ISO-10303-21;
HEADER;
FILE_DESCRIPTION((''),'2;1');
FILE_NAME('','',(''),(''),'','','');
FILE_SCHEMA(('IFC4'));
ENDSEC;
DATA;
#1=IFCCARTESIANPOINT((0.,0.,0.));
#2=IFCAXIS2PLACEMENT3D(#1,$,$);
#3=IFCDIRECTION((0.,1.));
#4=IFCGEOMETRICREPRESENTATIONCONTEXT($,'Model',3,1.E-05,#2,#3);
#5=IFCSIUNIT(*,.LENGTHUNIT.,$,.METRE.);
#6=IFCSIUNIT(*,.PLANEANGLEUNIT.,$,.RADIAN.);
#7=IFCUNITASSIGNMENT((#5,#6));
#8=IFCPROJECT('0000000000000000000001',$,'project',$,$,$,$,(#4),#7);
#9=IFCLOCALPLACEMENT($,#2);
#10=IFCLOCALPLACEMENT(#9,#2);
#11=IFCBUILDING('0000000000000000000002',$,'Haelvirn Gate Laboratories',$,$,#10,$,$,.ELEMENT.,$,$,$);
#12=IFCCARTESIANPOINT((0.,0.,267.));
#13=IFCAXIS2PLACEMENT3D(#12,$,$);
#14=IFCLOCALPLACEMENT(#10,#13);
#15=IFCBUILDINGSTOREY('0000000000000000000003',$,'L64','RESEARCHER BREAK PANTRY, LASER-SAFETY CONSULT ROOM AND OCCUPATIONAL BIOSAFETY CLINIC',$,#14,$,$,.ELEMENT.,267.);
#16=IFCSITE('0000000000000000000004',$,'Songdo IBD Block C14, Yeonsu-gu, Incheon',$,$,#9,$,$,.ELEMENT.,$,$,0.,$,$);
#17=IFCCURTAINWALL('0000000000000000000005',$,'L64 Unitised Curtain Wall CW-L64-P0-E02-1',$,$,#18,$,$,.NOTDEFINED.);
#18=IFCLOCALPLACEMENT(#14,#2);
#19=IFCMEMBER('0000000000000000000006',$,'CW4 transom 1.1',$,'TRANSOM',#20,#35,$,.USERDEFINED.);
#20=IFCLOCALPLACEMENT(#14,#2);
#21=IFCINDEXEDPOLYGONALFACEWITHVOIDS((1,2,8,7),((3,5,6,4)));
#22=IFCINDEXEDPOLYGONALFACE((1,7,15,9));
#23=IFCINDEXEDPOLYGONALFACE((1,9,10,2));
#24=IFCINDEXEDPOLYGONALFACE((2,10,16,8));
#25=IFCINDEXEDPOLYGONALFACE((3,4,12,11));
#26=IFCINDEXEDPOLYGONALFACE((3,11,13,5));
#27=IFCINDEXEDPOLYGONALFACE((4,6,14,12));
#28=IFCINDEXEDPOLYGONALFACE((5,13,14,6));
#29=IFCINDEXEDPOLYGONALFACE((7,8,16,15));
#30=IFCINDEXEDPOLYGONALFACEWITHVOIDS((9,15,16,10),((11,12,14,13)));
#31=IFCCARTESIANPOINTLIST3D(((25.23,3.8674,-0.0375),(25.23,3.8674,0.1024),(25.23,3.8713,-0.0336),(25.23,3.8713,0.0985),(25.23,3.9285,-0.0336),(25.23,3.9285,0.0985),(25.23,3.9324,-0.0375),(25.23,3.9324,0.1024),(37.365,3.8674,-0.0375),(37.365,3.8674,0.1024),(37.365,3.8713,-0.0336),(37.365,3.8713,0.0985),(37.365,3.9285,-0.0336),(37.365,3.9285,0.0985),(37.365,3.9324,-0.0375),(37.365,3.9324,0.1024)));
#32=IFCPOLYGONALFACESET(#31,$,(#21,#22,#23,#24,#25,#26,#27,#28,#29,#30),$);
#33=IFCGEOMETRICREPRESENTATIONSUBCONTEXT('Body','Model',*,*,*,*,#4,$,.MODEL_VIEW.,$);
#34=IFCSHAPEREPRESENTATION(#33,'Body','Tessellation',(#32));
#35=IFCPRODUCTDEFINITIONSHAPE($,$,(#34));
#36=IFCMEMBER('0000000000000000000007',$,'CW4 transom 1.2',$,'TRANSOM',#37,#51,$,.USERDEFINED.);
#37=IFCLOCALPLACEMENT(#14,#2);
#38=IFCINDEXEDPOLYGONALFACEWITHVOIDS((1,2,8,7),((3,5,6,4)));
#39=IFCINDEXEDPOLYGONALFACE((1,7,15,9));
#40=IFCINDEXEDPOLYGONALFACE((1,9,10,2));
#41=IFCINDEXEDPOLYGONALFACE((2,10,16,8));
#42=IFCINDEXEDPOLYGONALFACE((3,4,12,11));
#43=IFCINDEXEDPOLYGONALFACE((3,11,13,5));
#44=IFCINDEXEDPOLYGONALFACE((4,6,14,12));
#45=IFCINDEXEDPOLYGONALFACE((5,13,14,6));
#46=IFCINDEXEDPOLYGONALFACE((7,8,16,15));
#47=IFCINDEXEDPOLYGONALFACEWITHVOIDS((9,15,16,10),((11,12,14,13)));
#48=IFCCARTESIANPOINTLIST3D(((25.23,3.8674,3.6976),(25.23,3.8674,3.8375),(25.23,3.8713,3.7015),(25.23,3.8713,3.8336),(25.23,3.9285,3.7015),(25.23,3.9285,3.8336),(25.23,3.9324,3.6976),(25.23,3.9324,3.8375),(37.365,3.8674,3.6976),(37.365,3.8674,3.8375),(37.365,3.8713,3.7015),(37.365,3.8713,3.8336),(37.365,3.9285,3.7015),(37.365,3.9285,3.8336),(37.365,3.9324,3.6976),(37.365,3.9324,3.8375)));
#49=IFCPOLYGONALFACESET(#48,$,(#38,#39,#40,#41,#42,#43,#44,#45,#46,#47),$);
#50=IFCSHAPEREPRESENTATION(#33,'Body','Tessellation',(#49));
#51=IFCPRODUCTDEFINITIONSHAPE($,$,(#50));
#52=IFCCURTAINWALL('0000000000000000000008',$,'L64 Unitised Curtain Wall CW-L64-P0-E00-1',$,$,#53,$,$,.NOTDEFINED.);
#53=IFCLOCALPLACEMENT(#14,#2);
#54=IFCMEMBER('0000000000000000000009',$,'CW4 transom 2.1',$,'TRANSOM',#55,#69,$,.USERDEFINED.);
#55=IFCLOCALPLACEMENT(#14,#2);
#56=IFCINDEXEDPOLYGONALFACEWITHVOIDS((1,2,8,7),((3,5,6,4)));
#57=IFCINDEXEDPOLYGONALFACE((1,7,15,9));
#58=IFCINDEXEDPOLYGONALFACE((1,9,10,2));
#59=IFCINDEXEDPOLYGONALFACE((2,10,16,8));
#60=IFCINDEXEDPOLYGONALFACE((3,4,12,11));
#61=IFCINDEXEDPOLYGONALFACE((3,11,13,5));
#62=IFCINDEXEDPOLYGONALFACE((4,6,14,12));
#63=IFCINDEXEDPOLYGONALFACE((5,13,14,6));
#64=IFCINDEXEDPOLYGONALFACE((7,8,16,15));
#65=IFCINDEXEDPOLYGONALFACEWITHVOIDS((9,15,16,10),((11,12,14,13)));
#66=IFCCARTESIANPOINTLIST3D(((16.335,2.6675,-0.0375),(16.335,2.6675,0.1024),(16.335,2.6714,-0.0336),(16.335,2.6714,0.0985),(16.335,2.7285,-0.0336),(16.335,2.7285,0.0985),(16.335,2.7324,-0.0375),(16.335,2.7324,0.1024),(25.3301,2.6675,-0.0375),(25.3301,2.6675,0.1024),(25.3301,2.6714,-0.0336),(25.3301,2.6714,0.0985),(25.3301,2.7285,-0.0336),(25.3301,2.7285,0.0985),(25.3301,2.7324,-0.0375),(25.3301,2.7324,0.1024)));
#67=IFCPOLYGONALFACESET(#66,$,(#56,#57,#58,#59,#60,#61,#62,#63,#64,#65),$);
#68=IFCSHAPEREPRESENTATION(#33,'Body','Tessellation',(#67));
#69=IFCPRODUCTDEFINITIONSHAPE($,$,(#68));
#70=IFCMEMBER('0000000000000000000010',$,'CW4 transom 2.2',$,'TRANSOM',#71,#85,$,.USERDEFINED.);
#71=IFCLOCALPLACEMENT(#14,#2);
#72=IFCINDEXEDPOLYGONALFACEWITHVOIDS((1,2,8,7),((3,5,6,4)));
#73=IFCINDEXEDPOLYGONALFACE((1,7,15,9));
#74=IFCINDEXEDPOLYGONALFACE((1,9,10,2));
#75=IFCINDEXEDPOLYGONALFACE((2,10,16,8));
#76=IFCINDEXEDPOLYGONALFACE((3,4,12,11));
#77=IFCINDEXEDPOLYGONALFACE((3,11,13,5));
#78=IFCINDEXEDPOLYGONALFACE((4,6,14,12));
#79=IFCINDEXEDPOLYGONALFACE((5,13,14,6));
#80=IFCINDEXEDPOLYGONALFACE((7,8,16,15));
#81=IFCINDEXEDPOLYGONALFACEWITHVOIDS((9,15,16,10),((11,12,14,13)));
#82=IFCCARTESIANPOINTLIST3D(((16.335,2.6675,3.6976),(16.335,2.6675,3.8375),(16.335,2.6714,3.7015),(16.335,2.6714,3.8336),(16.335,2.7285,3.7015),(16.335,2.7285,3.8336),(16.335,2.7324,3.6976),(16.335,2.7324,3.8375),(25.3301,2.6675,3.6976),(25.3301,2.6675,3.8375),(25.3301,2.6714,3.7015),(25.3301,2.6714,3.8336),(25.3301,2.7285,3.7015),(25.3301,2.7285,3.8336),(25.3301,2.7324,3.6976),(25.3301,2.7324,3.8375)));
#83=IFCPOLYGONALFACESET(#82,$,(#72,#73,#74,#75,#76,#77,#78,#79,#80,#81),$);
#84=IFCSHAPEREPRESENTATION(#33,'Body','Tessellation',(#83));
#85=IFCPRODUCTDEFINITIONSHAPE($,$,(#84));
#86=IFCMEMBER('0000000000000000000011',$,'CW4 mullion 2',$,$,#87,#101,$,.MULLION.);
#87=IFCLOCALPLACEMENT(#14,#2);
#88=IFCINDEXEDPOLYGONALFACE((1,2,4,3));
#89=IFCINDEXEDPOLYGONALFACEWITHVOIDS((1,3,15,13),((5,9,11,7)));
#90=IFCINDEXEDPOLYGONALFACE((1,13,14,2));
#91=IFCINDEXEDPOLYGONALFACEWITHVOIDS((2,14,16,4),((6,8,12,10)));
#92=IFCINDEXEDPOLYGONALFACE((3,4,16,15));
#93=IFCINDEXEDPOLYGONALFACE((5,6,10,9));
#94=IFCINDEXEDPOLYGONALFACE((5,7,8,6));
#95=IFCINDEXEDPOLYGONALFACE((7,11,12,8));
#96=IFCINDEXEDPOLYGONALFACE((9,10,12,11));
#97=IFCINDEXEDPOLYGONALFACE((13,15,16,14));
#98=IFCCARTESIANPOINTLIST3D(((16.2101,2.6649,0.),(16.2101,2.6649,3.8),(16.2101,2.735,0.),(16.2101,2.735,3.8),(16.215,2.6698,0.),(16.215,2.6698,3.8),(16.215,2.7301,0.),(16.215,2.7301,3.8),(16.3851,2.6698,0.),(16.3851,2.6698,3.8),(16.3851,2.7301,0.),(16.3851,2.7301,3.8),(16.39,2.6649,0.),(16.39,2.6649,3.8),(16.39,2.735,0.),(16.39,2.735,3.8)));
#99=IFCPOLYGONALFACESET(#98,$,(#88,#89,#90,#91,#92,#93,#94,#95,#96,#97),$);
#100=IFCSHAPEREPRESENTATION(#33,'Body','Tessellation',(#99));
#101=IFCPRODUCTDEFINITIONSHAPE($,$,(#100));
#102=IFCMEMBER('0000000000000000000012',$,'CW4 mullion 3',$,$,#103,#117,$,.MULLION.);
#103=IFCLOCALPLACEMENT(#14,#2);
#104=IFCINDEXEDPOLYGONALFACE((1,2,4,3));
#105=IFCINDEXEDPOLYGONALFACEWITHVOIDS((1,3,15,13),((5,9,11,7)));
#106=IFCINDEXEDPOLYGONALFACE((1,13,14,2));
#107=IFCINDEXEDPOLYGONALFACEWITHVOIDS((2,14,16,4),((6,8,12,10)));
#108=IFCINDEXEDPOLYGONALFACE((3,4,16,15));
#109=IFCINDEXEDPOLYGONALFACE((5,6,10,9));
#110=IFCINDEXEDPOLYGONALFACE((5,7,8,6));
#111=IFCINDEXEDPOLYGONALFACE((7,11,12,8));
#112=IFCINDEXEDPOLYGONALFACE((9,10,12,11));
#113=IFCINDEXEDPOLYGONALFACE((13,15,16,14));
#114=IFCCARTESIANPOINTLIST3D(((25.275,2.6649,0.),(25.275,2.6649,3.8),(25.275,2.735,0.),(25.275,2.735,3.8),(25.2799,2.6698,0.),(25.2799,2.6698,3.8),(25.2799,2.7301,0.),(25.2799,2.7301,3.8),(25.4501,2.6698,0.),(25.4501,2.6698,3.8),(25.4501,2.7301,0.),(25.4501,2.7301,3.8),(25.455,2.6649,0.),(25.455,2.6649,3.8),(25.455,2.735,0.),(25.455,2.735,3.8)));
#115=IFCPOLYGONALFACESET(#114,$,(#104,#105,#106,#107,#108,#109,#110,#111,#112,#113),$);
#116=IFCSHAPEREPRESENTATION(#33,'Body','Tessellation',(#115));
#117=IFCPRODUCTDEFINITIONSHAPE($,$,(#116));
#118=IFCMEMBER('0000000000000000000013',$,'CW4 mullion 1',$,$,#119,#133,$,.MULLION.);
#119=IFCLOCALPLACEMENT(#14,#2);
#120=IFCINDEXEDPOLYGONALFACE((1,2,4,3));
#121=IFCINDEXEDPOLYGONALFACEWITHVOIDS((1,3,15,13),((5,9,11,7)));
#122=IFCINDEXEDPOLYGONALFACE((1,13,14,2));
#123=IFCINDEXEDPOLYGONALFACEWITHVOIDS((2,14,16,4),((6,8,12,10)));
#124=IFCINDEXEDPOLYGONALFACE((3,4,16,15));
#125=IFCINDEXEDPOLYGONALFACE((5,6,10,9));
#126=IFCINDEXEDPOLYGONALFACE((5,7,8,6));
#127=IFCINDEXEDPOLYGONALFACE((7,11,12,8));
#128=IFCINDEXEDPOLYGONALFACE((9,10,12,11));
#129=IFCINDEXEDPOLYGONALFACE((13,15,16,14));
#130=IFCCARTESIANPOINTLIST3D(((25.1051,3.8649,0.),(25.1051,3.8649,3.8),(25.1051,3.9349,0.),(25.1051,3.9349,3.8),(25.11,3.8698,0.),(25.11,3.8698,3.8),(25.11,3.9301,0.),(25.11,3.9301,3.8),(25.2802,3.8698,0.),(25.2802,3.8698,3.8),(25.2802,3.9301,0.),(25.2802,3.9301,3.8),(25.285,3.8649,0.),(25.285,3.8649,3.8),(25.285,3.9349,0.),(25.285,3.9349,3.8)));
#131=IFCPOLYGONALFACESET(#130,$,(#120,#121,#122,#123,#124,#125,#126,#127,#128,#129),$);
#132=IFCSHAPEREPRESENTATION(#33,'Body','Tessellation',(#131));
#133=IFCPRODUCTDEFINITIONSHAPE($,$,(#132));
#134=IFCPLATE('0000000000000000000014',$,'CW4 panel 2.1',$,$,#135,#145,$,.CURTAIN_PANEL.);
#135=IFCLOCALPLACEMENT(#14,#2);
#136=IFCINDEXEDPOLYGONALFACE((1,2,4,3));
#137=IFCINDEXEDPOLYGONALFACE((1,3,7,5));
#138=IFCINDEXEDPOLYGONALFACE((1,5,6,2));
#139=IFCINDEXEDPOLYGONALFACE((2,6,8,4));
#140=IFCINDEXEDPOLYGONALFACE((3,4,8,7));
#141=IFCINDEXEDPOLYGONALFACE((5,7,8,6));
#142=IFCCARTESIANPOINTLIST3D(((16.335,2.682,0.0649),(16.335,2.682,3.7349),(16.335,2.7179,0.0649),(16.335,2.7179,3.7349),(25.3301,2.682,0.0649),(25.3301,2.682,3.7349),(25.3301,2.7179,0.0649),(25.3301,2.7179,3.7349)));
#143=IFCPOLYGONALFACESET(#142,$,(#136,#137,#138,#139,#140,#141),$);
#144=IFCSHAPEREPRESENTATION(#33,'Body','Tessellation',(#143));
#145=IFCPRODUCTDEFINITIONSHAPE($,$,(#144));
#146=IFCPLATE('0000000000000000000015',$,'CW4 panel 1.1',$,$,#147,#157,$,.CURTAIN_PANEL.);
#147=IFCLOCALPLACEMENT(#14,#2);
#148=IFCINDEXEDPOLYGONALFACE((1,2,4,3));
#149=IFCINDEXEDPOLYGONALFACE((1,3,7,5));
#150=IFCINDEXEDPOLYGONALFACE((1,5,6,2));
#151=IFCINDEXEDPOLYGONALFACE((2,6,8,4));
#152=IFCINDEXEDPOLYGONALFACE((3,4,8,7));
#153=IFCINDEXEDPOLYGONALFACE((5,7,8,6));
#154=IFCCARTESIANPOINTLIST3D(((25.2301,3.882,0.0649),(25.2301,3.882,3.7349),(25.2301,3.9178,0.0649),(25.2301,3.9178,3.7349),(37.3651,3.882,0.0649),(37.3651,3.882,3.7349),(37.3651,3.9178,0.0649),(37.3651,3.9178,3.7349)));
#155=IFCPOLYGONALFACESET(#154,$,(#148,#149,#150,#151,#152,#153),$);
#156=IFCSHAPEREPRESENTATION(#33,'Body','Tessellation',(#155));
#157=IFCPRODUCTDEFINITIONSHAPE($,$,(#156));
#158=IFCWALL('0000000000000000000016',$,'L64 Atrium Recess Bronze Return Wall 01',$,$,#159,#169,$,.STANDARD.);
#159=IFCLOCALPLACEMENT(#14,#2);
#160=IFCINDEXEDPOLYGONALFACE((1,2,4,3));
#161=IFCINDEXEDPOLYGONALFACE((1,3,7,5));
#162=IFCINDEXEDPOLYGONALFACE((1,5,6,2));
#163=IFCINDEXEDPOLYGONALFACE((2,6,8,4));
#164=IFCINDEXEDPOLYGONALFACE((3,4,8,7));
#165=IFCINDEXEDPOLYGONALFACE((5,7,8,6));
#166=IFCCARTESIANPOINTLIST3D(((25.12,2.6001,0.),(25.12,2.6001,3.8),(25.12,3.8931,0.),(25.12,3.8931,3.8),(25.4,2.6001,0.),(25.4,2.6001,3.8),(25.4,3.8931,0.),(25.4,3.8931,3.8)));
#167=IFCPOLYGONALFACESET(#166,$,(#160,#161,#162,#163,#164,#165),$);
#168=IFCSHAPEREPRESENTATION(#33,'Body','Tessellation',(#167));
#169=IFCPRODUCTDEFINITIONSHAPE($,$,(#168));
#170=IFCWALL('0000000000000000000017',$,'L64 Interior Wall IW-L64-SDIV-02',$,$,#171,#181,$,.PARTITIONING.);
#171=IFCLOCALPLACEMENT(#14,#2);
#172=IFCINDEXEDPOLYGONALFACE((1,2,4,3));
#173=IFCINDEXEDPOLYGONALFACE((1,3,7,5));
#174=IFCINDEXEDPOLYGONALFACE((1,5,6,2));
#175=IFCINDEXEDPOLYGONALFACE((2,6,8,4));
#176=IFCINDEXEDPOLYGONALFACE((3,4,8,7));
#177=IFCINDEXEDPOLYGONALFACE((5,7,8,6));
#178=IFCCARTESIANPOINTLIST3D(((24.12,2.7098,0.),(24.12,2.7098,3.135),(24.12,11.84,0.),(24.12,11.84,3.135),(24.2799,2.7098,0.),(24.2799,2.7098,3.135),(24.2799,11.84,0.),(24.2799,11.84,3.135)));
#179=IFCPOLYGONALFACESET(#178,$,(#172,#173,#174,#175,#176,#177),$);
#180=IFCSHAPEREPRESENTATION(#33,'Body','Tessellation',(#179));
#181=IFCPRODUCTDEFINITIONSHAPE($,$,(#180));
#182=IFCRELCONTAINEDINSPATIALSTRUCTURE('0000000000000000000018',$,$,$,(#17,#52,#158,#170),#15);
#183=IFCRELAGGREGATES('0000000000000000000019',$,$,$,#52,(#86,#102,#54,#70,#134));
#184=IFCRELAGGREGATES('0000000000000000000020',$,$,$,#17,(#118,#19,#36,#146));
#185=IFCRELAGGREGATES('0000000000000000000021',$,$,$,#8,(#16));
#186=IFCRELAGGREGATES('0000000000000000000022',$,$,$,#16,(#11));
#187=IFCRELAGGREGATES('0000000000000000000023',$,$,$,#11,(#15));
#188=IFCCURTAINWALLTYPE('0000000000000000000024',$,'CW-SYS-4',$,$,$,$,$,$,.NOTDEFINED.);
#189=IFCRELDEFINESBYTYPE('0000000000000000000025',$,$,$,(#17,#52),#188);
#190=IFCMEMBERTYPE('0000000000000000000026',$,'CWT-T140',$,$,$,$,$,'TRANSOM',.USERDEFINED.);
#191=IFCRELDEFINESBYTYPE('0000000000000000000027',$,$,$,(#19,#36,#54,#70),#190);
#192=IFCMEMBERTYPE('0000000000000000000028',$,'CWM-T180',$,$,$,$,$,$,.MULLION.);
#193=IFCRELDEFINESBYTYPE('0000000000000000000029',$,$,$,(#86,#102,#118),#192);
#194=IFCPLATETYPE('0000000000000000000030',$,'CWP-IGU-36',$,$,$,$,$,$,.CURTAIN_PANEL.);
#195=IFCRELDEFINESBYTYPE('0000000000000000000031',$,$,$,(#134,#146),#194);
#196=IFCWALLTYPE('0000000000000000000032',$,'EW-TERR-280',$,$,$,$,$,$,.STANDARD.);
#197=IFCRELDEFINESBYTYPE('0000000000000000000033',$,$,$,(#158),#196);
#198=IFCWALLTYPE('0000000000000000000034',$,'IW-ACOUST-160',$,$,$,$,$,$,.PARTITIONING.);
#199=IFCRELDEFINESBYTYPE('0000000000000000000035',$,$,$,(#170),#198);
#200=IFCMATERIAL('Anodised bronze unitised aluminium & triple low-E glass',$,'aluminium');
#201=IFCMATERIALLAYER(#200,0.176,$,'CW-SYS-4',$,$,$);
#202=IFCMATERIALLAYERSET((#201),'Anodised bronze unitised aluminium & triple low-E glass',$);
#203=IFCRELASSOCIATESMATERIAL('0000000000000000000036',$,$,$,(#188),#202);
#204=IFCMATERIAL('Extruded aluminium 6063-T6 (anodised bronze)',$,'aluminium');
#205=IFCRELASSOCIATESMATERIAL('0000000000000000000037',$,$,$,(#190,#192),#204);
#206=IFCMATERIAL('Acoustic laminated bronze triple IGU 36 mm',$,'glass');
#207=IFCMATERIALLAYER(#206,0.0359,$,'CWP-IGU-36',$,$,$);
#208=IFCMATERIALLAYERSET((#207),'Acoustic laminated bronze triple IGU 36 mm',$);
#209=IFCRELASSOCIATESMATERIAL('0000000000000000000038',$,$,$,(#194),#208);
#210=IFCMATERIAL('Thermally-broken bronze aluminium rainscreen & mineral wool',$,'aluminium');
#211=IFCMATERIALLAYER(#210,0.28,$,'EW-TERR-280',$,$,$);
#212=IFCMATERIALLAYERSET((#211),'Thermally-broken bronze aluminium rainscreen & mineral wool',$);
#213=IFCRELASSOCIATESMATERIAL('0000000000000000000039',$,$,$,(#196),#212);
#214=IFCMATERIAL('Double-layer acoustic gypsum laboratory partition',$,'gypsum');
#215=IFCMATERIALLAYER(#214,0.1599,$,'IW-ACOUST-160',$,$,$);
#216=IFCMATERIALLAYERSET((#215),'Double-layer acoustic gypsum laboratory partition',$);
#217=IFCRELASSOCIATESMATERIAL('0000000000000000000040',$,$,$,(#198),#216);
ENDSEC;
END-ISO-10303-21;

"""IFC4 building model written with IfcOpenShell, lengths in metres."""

from ifc_helpers import new_model, si_unit, direction, frame, frame_2d, origin, origin_2d, place, context, subcontext, project, spatial, rectangle, hollow_rectangle, extrude, source, transform, mapped, material, layer, layer_set, material_profile, profile_set, type_object, type_shapes, element, aggregate, save


model = new_model("IFC4")

# Units and contexts
model_context = context("Model", 3, precision=1e-05, world=origin(), true_north=direction((0.0, 1.0)))
body_context = subcontext(model_context, "Body", "Model", "MODEL_VIEW")
ifc_project = project(units=[si_unit("LENGTHUNIT", "METRE"), si_unit("PLANEANGLEUNIT", "RADIAN")], contexts=[model_context])

# Site, building, storey
site_placement = place(None, origin())
site = spatial("IfcSite", under=ifc_project, at=site_placement, Name="Songdo IBD Block C14, Yeonsu-gu, Incheon", CompositionType="ELEMENT", RefElevation=0.0)
building_placement = place(site_placement, origin())
building = spatial("IfcBuilding", under=site, at=building_placement, Name="Haelvirn Gate Laboratories", CompositionType="ELEMENT")
storey_placement = place(building_placement, frame((0.0, 0.0, 267.0)))
storey = spatial("IfcBuildingStorey", under=building, at=storey_placement, Name="L64", Description="RESEARCHER BREAK PANTRY, LASER-SAFETY CONSULT ROOM AND OCCUPATIONAL BIOSAFETY CLINIC", CompositionType="ELEMENT", Elevation=267.0)

# Curtain walls, members
ifc_material_1 = material(Name="Anodised bronze unitised aluminium & triple low-E glass", Category="aluminium")
ifc_layer_1 = layer(ifc_material_1, 0.176, Name="CW-SYS-4")
ifc_layer_set_1 = layer_set([ifc_layer_1], Name="Anodised bronze unitised aluminium & triple low-E glass")
curtain_wall_type = type_object("IfcCurtainWallType", Name="CW-SYS-4", PredefinedType="NOTDEFINED", material=ifc_layer_set_1)
curtain_wall_1_placement = place(storey_placement, origin())
curtain_wall_1 = element("IfcCurtainWall", 1, at=curtain_wall_1_placement, inside=storey, type_object=curtain_wall_type, Name="L64 Unitised Curtain Wall CW-L64-P0-E02-1", PredefinedType="NOTDEFINED")
ifc_material_2 = material(Name="Extruded aluminium 6063-T6 (anodised bronze)", Category="aluminium")
ifc_material_profile_1 = material_profile(ifc_material_2, hollow_rectangle(XDim=0.0649, YDim=0.1399, WallThickness=0.0039, at=origin_2d()), Name="CWT-140x65x4")
ifc_profile_set_1 = profile_set([ifc_material_profile_1], Name="Extruded aluminium 6063-T6 (anodised bronze)")
member_type_1 = type_object("IfcMemberType", Name="CWT-T140", ElementType="TRANSOM", PredefinedType="USERDEFINED", material=ifc_profile_set_1)
shared_shape_1 = source(origin(), body_context, "Body", "SweptSolid", [
    extrude(hollow_rectangle(XDim=0.0649, YDim=0.1399, WallThickness=0.0039, at=origin_2d()), origin(), (0.0, 0.0, 1.0), 12.135),
])
member_1_placement = place(storey_placement, frame((25.23, 3.8999, 0.0325), z_axis=(1.0, 0.0, 0.0), x_axis=(0.0, 1.0, 0.0)))
member_1 = element("IfcMember", 2, at=member_1_placement, type_object=member_type_1, Name="CW4 transom 1.1", ObjectType="TRANSOM", PredefinedType="USERDEFINED", context=body_context, shape_type="MappedRepresentation", body=[
    mapped(shared_shape_1, transform((0.0, 0.0, 0.0), scale=1.0)),
])
member_2_placement = place(storey_placement, frame((25.23, 3.8999, 3.7676), z_axis=(1.0, 0.0, 0.0), x_axis=(0.0, 1.0, 0.0)))
member_2 = element("IfcMember", 3, at=member_2_placement, type_object=member_type_1, Name="CW4 transom 1.2", ObjectType="TRANSOM", PredefinedType="USERDEFINED", context=body_context, shape_type="MappedRepresentation", body=[
    mapped(shared_shape_1, transform((0.0, 0.0, 0.0), scale=1.0)),
])
curtain_wall_2_placement = place(storey_placement, origin())
curtain_wall_2 = element("IfcCurtainWall", 4, at=curtain_wall_2_placement, inside=storey, type_object=curtain_wall_type, Name="L64 Unitised Curtain Wall CW-L64-P0-E00-1", PredefinedType="NOTDEFINED")
shared_shape_2 = source(origin(), body_context, "Body", "SweptSolid", [
    extrude(hollow_rectangle(XDim=0.0649, YDim=0.1399, WallThickness=0.0039, at=origin_2d()), origin(), (0.0, 0.0, 1.0), 8.9951),
])
type_shapes(member_type_1, [shared_shape_1, shared_shape_2])
member_3_placement = place(storey_placement, frame((16.335, 2.7, 0.0325), z_axis=(1.0, 0.0, 0.0), x_axis=(0.0, 1.0, 0.0)))
member_3 = element("IfcMember", 5, at=member_3_placement, type_object=member_type_1, Name="CW4 transom 2.1", ObjectType="TRANSOM", PredefinedType="USERDEFINED", context=body_context, shape_type="MappedRepresentation", body=[
    mapped(shared_shape_2, transform((0.0, 0.0, 0.0), scale=1.0)),
])
member_4_placement = place(storey_placement, frame((16.335, 2.7, 3.7676), z_axis=(1.0, 0.0, 0.0), x_axis=(0.0, 1.0, 0.0)))
member_4 = element("IfcMember", 6, at=member_4_placement, type_object=member_type_1, Name="CW4 transom 2.2", ObjectType="TRANSOM", PredefinedType="USERDEFINED", context=body_context, shape_type="MappedRepresentation", body=[
    mapped(shared_shape_2, transform((0.0, 0.0, 0.0), scale=1.0)),
])
ifc_material_profile_2 = material_profile(ifc_material_2, hollow_rectangle(XDim=0.0701, YDim=0.1799, WallThickness=0.0049, at=origin_2d()), Name="CWM-180x70x5")
ifc_profile_set_2 = profile_set([ifc_material_profile_2], Name="Extruded aluminium 6063-T6 (anodised bronze)")
member_type_2 = type_object("IfcMemberType", Name="CWM-T180", PredefinedType="MULLION", material=ifc_profile_set_2)
shared_shape_3 = source(origin(), body_context, "Body", "SweptSolid", [
    extrude(hollow_rectangle(XDim=0.0701, YDim=0.1799, WallThickness=0.0049, at=origin_2d()), origin(), (0.0, 0.0, 1.0), 3.8),
])
type_shapes(member_type_2, [shared_shape_3])
member_5_placement = place(storey_placement, frame((16.3, 2.7, 0.0), z_axis=(0.0, 0.0, 1.0), x_axis=(0.0, 1.0, 0.0)))
member_5 = element("IfcMember", 7, at=member_5_placement, type_object=member_type_2, Name="CW4 mullion 2", PredefinedType="MULLION", context=body_context, shape_type="MappedRepresentation", body=[
    mapped(shared_shape_3, transform((0.0, 0.0, 0.0), scale=1.0)),
])
member_6_placement = place(storey_placement, frame((25.365, 2.7, 0.0), z_axis=(0.0, 0.0, 1.0), x_axis=(0.0, 1.0, 0.0)))
member_6 = element("IfcMember", 8, at=member_6_placement, type_object=member_type_2, Name="CW4 mullion 3", PredefinedType="MULLION", context=body_context, shape_type="MappedRepresentation", body=[
    mapped(shared_shape_3, transform((0.0, 0.0, 0.0), scale=1.0)),
])

# Member
member_7_placement = place(storey_placement, frame((25.1951, 3.8999, 0.0), z_axis=(0.0, 0.0, 1.0), x_axis=(0.0, 1.0, 0.0)))
member_7 = element("IfcMember", 9, at=member_7_placement, type_object=member_type_2, Name="CW4 mullion 1", PredefinedType="MULLION", context=body_context, shape_type="MappedRepresentation", body=[
    mapped(shared_shape_3, transform((0.0, 0.0, 0.0), scale=1.0)),
])

# Plates
ifc_material_3 = material(Name="Acoustic laminated bronze triple IGU 36 mm", Category="glass")
ifc_layer_2 = layer(ifc_material_3, 0.0359, Name="CWP-IGU-36")
ifc_layer_set_2 = layer_set([ifc_layer_2], Name="Acoustic laminated bronze triple IGU 36 mm")
plate_type = type_object("IfcPlateType", Name="CWP-IGU-36", PredefinedType="CURTAIN_PANEL", material=ifc_layer_set_2)
shared_shape_4 = source(origin(), body_context, "Body", "SweptSolid", [
    extrude(rectangle(XDim=8.9951, YDim=0.0359, at=origin_2d()), origin(), (0.0, 0.0, 1.0), 3.6699),
])
plate_1_placement = place(storey_placement, frame((20.8325, 2.7, 0.0649), z_axis=(0.0, 0.0, 1.0), x_axis=(1.0, 0.0, 0.0)))
plate_1 = element("IfcPlate", 10, at=plate_1_placement, type_object=plate_type, Name="CW4 panel 2.1", PredefinedType="CURTAIN_PANEL", context=body_context, shape_type="MappedRepresentation", body=[
    mapped(shared_shape_4, transform((0.0, 0.0, 0.0), scale=1.0)),
])
aggregate(curtain_wall_2, [member_5, member_6, member_3, member_4, plate_1])
shared_shape_5 = source(origin(), body_context, "Body", "SweptSolid", [
    extrude(rectangle(XDim=12.135, YDim=0.0359, at=origin_2d()), origin(), (0.0, 0.0, 1.0), 3.6699),
])
type_shapes(plate_type, [shared_shape_4, shared_shape_5])
plate_2_placement = place(storey_placement, frame((31.2976, 3.8999, 0.0649), z_axis=(0.0, 0.0, 1.0), x_axis=(1.0, 0.0, 0.0)))
plate_2 = element("IfcPlate", 11, at=plate_2_placement, type_object=plate_type, Name="CW4 panel 1.1", PredefinedType="CURTAIN_PANEL", context=body_context, shape_type="MappedRepresentation", body=[
    mapped(shared_shape_5, transform((0.0, 0.0, 0.0), scale=1.0)),
])
aggregate(curtain_wall_1, [member_7, member_1, member_2, plate_2])

# Walls
ifc_material_4 = material(Name="Thermally-broken bronze aluminium rainscreen & mineral wool", Category="aluminium")
ifc_layer_3 = layer(ifc_material_4, 0.28, Name="EW-TERR-280")
ifc_layer_set_3 = layer_set([ifc_layer_3], Name="Thermally-broken bronze aluminium rainscreen & mineral wool")
wall_type_1 = type_object("IfcWallType", Name="EW-TERR-280", PredefinedType="STANDARD", material=ifc_layer_set_3)
wall_1_placement = place(storey_placement, frame((25.26, 2.6001, 0.0), z_axis=(0.0, 0.0, 1.0), x_axis=(0.0, 1.0, 0.0)))
element("IfcWall", 12, at=wall_1_placement, inside=storey, type_object=wall_type_1, Name="L64 Atrium Recess Bronze Return Wall 01", PredefinedType="STANDARD", context=body_context, shape_type="SweptSolid", body=[
    extrude(rectangle(XDim=1.293, YDim=0.28, at=frame_2d((0.6465, 0.0))), origin(), (0.0, 0.0, 1.0), 3.8),
])
ifc_material_5 = material(Name="Double-layer acoustic gypsum laboratory partition", Category="gypsum")
ifc_layer_4 = layer(ifc_material_5, 0.1599, Name="IW-ACOUST-160")
ifc_layer_set_4 = layer_set([ifc_layer_4], Name="Double-layer acoustic gypsum laboratory partition")
wall_type_2 = type_object("IfcWallType", Name="IW-ACOUST-160", PredefinedType="PARTITIONING", material=ifc_layer_set_4)
wall_2_placement = place(storey_placement, frame((24.2, 2.71, 0.0), z_axis=(0.0, 0.0, 1.0), x_axis=(0.0, 1.0, 0.0)))
element("IfcWall", 13, at=wall_2_placement, inside=storey, type_object=wall_type_2, Name="L64 Interior Wall IW-L64-SDIV-02", PredefinedType="PARTITIONING", context=body_context, shape_type="SweptSolid", body=[
    extrude(rectangle(XDim=9.1301, YDim=0.1599, at=frame_2d((4.5649, 0.0))), origin(), (0.0, 0.0, 1.0), 3.135),
])

save(model, "model.ifc")
